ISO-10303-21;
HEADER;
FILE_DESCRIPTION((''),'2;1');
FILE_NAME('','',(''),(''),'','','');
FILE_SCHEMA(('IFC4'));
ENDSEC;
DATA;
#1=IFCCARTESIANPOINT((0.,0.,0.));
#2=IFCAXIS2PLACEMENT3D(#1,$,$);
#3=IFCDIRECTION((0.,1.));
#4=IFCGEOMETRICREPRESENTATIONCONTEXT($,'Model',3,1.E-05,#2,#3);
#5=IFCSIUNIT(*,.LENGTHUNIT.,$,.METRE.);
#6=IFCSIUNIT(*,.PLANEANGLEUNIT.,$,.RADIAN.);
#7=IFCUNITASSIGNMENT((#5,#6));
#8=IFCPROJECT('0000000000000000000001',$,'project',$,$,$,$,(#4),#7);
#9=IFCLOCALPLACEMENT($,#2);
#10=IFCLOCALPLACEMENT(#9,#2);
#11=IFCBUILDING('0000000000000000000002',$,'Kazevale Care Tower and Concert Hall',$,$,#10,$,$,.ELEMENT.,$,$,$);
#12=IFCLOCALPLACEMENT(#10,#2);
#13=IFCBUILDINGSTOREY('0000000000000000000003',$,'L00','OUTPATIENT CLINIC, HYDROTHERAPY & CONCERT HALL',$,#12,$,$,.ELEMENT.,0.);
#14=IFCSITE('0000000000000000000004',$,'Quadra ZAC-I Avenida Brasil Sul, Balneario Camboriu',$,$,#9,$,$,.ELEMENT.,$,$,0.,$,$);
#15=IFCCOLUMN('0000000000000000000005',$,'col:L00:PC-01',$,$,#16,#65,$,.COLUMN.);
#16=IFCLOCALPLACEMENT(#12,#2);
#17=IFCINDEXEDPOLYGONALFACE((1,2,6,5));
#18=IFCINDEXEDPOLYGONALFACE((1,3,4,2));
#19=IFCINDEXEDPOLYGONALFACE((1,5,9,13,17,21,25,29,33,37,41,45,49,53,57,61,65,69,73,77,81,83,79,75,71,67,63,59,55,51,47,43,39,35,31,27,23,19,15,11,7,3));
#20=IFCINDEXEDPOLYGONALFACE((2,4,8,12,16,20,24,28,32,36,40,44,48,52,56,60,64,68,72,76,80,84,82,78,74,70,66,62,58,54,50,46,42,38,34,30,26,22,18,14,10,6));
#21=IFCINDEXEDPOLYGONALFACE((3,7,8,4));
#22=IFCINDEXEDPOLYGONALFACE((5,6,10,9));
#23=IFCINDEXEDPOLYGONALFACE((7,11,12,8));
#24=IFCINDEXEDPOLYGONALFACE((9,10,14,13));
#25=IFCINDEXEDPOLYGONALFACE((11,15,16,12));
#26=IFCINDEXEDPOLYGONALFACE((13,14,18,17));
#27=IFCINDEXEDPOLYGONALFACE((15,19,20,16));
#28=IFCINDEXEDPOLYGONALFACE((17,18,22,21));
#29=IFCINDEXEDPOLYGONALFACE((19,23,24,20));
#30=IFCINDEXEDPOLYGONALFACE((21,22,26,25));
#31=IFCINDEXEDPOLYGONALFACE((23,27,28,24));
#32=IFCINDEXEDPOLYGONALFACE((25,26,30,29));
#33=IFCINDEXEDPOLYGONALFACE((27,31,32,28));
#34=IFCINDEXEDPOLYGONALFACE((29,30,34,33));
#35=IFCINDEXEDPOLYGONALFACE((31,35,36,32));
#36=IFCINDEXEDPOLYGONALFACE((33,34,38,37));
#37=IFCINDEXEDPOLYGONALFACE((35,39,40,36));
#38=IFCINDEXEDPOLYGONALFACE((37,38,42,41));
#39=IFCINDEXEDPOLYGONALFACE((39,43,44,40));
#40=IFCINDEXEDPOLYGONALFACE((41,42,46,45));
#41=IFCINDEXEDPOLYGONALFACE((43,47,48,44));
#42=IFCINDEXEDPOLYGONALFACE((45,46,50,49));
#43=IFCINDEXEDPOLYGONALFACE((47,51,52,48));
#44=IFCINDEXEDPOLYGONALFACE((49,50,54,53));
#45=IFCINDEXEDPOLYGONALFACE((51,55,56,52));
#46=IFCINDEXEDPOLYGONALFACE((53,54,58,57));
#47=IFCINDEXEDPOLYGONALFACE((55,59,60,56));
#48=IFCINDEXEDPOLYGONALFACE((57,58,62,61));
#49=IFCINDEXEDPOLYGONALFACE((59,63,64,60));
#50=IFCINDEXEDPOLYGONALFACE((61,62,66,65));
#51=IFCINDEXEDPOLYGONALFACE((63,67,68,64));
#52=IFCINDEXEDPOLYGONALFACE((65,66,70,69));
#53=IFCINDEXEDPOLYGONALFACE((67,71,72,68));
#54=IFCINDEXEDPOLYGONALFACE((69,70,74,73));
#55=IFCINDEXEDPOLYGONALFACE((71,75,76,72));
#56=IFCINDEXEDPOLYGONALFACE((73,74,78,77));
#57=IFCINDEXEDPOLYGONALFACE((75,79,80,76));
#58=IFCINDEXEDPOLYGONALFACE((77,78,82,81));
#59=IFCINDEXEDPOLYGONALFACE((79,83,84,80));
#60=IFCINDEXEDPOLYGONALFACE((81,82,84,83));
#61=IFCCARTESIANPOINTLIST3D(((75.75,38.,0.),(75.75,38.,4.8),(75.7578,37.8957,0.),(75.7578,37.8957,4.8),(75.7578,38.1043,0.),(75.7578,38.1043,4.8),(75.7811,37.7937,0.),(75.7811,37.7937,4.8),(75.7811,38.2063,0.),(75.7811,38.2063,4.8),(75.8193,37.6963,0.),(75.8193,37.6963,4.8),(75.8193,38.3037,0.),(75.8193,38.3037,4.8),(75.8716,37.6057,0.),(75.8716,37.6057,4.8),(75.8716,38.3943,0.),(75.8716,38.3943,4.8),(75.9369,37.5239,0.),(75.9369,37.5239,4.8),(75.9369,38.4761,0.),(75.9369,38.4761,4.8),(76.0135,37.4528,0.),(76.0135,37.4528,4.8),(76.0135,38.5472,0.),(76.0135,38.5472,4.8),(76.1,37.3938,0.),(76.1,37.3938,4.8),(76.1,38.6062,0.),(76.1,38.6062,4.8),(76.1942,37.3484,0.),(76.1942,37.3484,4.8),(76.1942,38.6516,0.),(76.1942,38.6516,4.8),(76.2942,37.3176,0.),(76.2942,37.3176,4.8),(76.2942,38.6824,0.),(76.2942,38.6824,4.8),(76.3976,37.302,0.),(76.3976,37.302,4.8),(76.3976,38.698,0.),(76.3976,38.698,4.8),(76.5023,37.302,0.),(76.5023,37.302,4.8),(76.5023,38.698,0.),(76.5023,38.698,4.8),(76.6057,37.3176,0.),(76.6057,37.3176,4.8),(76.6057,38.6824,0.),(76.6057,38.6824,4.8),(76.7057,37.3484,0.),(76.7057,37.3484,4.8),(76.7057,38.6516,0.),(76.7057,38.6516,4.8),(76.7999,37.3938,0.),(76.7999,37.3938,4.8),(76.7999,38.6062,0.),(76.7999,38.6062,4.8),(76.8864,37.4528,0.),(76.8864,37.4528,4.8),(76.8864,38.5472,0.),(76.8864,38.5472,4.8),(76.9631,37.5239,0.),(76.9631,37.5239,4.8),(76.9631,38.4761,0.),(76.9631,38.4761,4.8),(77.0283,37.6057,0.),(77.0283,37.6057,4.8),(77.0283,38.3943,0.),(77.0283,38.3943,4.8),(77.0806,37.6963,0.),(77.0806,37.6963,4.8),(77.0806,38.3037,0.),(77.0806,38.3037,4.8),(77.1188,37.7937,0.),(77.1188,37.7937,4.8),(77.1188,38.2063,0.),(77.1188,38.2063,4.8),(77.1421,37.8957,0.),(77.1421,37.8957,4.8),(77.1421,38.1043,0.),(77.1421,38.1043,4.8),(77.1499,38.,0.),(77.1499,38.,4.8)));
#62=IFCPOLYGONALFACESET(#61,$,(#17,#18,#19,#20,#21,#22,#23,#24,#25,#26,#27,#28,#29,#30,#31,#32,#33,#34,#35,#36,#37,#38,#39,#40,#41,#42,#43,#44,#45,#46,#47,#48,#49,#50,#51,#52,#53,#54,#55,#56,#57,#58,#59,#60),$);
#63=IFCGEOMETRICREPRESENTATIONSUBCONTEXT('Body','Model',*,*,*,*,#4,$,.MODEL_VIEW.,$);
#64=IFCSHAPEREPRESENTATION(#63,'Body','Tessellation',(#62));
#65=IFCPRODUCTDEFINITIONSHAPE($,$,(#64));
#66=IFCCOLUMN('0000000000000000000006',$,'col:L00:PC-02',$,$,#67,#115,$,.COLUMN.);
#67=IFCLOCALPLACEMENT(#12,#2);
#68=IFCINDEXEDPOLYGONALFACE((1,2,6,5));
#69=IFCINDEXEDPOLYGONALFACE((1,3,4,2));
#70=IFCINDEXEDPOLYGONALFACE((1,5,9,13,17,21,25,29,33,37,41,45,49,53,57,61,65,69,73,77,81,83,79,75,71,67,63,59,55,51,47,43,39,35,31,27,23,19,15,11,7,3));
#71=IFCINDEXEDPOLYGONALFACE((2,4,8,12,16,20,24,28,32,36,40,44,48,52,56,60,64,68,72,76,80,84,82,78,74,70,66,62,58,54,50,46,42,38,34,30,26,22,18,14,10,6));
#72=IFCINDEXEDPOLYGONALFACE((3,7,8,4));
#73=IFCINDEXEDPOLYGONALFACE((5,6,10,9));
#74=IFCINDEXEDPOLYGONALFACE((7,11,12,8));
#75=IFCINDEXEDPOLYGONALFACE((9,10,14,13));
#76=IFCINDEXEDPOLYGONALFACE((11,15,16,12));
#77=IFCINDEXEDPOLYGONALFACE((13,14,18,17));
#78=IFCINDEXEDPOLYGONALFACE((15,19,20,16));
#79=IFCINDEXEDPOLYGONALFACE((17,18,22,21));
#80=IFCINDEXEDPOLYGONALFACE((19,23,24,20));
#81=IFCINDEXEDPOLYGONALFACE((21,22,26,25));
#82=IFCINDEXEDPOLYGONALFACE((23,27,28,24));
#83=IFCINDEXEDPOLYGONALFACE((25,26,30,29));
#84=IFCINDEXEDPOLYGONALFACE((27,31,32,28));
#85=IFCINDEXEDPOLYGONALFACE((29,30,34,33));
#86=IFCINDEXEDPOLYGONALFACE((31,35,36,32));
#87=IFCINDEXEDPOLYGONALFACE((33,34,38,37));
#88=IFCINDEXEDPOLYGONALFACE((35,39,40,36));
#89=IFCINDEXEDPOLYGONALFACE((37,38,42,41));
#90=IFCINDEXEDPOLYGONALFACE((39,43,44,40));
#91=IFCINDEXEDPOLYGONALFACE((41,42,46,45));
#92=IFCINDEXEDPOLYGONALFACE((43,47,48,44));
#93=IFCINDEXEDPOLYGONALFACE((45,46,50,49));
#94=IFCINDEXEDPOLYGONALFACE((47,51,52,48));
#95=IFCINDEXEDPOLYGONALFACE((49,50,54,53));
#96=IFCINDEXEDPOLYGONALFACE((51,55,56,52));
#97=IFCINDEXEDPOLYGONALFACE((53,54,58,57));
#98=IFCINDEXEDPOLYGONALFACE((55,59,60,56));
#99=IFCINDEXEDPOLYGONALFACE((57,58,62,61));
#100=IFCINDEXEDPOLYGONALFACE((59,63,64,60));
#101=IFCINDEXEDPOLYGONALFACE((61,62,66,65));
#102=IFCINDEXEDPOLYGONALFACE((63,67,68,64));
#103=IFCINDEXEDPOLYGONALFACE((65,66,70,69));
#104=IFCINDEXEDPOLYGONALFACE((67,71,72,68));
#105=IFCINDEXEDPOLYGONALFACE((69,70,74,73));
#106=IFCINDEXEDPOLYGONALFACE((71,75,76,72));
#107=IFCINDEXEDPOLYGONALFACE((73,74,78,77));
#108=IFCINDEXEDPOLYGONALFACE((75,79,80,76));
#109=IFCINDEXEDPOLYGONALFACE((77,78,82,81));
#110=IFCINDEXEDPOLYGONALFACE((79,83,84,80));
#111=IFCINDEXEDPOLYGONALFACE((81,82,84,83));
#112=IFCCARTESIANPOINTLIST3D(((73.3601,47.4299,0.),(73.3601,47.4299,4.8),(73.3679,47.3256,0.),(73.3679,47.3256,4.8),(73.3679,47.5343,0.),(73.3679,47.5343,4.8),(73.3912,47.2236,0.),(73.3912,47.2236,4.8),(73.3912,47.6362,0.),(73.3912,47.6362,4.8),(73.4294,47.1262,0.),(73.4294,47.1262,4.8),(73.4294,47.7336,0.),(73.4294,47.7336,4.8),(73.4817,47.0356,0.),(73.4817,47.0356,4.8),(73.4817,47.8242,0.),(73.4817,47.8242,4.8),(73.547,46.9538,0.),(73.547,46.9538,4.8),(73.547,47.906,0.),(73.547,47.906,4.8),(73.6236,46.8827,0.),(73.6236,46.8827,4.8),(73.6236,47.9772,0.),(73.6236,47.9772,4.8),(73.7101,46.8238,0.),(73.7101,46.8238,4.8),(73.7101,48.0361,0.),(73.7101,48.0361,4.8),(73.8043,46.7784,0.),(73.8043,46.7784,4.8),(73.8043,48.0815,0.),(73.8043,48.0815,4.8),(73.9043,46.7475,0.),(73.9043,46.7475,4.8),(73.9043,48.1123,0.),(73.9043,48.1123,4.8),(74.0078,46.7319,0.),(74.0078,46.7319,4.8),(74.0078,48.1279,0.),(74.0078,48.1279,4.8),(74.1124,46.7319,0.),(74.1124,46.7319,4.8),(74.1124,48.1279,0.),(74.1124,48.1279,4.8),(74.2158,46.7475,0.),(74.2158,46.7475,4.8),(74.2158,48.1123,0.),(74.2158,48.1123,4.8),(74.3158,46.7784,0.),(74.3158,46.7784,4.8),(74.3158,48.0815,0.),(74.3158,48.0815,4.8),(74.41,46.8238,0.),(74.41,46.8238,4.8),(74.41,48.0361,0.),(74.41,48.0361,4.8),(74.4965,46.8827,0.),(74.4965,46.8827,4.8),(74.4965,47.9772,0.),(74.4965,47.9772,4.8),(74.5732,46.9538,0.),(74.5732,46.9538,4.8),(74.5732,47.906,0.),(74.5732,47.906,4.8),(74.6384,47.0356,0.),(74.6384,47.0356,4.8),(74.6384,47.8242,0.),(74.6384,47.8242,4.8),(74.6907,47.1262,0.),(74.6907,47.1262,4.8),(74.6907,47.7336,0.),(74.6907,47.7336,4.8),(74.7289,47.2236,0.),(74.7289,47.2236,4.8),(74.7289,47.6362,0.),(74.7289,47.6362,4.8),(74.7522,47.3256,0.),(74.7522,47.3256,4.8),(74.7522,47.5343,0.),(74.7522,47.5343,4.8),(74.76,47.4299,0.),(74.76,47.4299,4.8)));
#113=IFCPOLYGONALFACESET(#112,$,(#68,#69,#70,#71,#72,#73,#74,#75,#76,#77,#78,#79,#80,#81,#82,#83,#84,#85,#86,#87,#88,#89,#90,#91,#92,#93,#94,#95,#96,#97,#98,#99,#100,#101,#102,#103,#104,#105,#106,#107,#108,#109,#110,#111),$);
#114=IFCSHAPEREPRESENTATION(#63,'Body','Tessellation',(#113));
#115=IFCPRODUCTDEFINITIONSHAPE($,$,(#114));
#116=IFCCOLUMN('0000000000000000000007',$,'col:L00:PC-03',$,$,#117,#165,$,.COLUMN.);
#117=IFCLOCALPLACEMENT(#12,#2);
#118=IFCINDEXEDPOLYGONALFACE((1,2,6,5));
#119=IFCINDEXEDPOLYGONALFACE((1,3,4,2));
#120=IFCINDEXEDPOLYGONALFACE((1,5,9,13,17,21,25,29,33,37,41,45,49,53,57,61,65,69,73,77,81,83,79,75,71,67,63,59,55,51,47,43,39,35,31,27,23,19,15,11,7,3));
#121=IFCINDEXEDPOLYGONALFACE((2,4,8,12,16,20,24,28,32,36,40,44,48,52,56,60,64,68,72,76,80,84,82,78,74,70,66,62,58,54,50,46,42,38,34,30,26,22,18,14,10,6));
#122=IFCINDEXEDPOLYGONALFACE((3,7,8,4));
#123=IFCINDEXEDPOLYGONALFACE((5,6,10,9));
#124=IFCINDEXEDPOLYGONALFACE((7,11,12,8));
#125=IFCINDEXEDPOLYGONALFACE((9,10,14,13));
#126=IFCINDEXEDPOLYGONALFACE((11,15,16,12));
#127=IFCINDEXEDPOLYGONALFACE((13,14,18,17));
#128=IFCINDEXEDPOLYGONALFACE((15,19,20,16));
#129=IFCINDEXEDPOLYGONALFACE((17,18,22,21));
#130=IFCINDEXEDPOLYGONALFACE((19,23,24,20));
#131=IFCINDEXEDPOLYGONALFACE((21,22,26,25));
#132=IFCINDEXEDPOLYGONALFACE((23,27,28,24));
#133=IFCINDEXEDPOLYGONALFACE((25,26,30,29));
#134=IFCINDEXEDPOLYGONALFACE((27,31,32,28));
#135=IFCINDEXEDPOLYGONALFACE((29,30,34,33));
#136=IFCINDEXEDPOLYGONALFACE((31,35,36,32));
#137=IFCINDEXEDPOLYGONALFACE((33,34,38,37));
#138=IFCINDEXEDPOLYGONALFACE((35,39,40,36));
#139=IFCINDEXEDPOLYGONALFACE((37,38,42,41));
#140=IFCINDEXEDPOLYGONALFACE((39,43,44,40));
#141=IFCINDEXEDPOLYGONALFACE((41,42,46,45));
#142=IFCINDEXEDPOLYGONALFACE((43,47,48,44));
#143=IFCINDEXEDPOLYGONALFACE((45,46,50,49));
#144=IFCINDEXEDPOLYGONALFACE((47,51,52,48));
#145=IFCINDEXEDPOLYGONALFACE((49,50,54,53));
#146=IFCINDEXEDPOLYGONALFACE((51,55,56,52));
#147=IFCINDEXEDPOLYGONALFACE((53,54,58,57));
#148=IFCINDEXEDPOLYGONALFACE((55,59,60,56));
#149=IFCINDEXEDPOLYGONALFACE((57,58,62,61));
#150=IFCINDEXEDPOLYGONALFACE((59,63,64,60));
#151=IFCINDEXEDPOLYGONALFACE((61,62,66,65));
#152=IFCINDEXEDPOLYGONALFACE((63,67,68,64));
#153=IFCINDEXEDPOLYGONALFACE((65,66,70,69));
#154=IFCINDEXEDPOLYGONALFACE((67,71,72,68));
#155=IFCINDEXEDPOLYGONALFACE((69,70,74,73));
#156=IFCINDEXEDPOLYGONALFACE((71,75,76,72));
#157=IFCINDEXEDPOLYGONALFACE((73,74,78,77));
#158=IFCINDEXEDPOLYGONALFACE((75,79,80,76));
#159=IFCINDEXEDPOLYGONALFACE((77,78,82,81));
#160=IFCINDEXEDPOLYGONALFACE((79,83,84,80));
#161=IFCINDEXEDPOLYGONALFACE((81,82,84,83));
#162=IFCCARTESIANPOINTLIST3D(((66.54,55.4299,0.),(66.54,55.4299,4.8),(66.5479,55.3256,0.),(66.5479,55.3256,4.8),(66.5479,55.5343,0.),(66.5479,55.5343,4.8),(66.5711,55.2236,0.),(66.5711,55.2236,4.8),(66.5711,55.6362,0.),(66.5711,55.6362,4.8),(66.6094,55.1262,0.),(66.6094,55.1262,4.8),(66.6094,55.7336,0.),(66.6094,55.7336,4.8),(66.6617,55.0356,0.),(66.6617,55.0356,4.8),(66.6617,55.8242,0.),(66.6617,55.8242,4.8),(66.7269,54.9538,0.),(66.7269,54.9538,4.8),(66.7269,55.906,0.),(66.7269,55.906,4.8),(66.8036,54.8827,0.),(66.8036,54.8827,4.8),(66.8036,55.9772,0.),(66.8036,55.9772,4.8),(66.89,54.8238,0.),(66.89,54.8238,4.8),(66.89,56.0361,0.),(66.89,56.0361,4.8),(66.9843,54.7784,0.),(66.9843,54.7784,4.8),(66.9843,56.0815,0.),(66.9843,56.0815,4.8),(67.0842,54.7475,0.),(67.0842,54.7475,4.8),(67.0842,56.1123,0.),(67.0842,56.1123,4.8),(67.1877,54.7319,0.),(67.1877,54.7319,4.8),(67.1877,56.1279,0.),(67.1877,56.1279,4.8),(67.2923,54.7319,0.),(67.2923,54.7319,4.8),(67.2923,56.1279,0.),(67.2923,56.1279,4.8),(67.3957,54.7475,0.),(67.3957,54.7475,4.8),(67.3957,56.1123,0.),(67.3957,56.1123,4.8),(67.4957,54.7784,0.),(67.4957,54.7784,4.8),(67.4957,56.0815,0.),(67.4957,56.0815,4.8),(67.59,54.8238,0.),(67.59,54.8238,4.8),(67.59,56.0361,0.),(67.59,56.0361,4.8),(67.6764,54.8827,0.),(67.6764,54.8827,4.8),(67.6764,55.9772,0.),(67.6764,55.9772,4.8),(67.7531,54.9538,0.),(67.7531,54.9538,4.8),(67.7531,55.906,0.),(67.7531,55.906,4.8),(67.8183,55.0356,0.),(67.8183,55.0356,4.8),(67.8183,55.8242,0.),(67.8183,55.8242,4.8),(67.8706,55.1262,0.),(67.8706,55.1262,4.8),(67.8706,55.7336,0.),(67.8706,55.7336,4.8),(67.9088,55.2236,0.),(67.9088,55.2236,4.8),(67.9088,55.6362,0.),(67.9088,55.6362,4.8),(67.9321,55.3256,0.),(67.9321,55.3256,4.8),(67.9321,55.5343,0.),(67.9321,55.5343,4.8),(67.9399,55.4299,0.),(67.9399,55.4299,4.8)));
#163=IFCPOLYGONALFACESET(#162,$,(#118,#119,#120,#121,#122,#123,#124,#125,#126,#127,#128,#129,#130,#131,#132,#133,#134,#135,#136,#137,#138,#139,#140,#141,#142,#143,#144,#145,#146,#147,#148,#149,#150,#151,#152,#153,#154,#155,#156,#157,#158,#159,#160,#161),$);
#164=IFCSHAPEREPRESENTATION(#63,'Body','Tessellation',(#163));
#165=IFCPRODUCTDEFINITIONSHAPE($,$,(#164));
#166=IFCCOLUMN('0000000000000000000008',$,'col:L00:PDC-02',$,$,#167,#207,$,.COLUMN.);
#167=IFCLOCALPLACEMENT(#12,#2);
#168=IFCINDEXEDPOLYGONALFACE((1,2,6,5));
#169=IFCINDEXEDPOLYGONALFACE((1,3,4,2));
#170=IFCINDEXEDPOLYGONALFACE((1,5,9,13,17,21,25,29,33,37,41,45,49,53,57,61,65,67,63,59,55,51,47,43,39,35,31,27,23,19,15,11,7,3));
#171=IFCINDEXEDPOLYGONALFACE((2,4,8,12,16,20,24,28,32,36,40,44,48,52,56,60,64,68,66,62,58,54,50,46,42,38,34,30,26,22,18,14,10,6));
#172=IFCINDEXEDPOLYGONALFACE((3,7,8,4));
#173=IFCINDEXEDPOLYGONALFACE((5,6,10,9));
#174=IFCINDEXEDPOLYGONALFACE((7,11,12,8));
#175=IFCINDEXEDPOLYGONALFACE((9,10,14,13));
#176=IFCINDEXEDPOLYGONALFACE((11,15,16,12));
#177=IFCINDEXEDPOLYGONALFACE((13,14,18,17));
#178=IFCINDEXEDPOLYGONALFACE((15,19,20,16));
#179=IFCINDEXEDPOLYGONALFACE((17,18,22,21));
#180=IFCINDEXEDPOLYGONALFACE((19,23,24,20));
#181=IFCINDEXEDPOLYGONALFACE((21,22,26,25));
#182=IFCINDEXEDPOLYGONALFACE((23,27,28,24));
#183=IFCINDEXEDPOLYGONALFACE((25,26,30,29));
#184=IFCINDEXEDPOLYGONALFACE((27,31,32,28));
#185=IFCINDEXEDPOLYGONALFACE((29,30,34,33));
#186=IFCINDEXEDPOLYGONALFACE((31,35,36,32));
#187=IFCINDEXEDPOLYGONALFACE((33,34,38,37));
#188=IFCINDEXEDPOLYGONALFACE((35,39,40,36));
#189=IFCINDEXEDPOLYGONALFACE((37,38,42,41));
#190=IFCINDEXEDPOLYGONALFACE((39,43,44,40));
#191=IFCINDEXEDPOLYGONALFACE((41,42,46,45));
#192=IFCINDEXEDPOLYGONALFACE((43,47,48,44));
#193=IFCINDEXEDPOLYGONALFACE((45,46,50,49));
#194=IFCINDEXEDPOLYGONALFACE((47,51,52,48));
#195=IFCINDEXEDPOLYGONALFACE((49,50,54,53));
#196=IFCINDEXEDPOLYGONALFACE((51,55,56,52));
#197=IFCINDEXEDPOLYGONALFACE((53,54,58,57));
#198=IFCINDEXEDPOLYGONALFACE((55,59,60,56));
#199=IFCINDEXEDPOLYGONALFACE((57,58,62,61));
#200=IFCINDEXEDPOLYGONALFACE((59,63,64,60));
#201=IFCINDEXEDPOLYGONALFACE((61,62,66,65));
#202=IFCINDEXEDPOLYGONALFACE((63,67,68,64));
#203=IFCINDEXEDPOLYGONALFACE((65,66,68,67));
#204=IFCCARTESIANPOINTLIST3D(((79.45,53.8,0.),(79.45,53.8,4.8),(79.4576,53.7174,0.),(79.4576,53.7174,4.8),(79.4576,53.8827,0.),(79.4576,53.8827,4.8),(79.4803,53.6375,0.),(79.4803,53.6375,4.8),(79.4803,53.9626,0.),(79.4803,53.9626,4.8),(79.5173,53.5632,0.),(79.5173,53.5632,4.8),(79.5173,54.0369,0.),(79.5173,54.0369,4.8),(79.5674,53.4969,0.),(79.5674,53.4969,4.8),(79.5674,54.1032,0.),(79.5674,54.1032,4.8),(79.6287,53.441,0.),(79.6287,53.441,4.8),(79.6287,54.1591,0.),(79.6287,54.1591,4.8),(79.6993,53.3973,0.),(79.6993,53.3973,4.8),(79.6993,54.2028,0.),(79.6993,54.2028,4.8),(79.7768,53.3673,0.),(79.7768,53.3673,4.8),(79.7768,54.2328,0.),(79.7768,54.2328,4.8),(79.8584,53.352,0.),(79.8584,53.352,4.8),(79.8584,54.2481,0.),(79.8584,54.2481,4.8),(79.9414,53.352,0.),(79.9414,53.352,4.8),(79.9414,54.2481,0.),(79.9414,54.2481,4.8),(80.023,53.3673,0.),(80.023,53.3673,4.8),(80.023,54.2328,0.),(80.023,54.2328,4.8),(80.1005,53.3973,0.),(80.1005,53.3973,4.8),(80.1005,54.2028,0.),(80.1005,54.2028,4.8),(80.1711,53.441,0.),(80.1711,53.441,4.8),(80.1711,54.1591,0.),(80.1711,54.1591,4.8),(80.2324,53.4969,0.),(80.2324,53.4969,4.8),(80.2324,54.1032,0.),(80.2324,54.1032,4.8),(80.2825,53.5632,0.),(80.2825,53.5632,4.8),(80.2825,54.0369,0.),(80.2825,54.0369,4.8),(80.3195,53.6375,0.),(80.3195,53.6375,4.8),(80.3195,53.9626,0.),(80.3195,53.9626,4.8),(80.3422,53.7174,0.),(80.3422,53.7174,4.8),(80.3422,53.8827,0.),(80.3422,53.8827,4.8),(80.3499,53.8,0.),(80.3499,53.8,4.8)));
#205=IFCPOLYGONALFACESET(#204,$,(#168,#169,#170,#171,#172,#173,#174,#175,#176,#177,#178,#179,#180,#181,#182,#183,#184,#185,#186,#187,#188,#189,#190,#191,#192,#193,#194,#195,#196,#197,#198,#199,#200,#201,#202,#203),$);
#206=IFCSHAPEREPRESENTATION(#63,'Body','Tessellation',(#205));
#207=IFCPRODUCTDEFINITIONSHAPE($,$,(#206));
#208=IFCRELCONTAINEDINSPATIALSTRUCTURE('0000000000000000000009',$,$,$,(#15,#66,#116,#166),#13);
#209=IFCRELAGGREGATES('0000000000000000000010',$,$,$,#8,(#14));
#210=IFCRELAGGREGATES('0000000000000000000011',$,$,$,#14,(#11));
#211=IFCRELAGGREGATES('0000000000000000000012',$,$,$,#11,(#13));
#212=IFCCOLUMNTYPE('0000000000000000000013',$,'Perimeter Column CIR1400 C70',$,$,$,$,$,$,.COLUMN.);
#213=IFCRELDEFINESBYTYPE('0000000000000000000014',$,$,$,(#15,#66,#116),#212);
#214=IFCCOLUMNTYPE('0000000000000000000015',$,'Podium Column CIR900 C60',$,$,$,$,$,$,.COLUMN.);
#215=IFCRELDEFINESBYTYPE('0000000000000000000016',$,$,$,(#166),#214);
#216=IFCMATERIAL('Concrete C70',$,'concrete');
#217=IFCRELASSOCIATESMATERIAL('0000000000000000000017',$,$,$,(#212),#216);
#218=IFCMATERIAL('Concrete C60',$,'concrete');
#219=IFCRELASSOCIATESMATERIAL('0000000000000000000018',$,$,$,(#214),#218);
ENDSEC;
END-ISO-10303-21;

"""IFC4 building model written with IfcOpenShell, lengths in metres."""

from ifc_helpers import new_model, si_unit, direction, frame, origin, origin_2d, place, context, subcontext, project, spatial, circle, extrude, material, material_profile, profile_set, type_object, element, save


model = new_model("IFC4")

# Units and contexts
model_context = context("Model", 3, precision=1e-05, world=origin(), true_north=direction((0.0, 1.0)))
body_context = subcontext(model_context, "Body", "Model", "MODEL_VIEW")
ifc_project = project(units=[si_unit("LENGTHUNIT", "METRE"), si_unit("PLANEANGLEUNIT", "RADIAN")], contexts=[model_context])

# Site, building, storey
site_placement = place(None, origin())
site = spatial("IfcSite", under=ifc_project, at=site_placement, Name="Quadra ZAC-I Avenida Brasil Sul, Balneario Camboriu", CompositionType="ELEMENT", RefElevation=0.0)
building_placement = place(site_placement, origin())
building = spatial("IfcBuilding", under=site, at=building_placement, Name="Kazevale Care Tower and Concert Hall", CompositionType="ELEMENT")
storey_placement = place(building_placement, origin())
storey = spatial("IfcBuildingStorey", under=building, at=storey_placement, Name="L00", Description="OUTPATIENT CLINIC, HYDROTHERAPY & CONCERT HALL", CompositionType="ELEMENT", Elevation=0.0)

# Columns
ifc_material_1 = material(Name="Concrete C70", Category="concrete")
ifc_material_profile_1 = material_profile(ifc_material_1, circle(Radius=0.7, at=origin_2d()), Name="RC-CIR1400")
ifc_profile_set_1 = profile_set([ifc_material_profile_1], Name="Concrete C70")
column_type_1 = type_object("IfcColumnType", Name="Perimeter Column CIR1400 C70", PredefinedType="COLUMN", material=ifc_profile_set_1)
for number, where, z_axis, x_axis, name in (
    (1, (76.45, 38.0, 0.0), (0.0, 0.0, 1.0), (1.0, 0.0, 0.0), "col:L00:PC-01"),
    (2, (74.0601, 47.4299, 0.0), (0.0, 0.0, 1.0), (1.0, 0.0, 0.0), "col:L00:PC-02"),
    (3, (67.24, 55.4299, 0.0), (0.0, 0.0, 1.0), (1.0, 0.0, 0.0), "col:L00:PC-03"),
):
    element("IfcColumn", number, at=place(storey_placement, frame(where, z_axis=z_axis, x_axis=x_axis)), inside=storey, type_object=column_type_1, Name=name, PredefinedType="COLUMN", context=body_context, shape_type="SweptSolid", body=[
        extrude(circle(Radius=0.7, at=origin_2d()), origin(), (0.0, 0.0, 1.0), 4.8),
    ])
ifc_material_2 = material(Name="Concrete C60", Category="concrete")
ifc_material_profile_2 = material_profile(ifc_material_2, circle(Radius=0.45, at=origin_2d()), Name="RC-CIR900")
ifc_profile_set_2 = profile_set([ifc_material_profile_2], Name="Concrete C60")
column_type_2 = type_object("IfcColumnType", Name="Podium Column CIR900 C60", PredefinedType="COLUMN", material=ifc_profile_set_2)
for number, where, z_axis, x_axis, name in (
    (4, (79.8999, 53.8, 0.0), (0.0, 0.0, 1.0), (1.0, 0.0, 0.0), "col:L00:PDC-02"),
):
    element("IfcColumn", number, at=place(storey_placement, frame(where, z_axis=z_axis, x_axis=x_axis)), inside=storey, type_object=column_type_2, Name=name, PredefinedType="COLUMN", context=body_context, shape_type="SweptSolid", body=[
        extrude(circle(Radius=0.45, at=origin_2d()), origin(), (0.0, 0.0, 1.0), 4.8),
    ])

save(model, "model.ifc")
